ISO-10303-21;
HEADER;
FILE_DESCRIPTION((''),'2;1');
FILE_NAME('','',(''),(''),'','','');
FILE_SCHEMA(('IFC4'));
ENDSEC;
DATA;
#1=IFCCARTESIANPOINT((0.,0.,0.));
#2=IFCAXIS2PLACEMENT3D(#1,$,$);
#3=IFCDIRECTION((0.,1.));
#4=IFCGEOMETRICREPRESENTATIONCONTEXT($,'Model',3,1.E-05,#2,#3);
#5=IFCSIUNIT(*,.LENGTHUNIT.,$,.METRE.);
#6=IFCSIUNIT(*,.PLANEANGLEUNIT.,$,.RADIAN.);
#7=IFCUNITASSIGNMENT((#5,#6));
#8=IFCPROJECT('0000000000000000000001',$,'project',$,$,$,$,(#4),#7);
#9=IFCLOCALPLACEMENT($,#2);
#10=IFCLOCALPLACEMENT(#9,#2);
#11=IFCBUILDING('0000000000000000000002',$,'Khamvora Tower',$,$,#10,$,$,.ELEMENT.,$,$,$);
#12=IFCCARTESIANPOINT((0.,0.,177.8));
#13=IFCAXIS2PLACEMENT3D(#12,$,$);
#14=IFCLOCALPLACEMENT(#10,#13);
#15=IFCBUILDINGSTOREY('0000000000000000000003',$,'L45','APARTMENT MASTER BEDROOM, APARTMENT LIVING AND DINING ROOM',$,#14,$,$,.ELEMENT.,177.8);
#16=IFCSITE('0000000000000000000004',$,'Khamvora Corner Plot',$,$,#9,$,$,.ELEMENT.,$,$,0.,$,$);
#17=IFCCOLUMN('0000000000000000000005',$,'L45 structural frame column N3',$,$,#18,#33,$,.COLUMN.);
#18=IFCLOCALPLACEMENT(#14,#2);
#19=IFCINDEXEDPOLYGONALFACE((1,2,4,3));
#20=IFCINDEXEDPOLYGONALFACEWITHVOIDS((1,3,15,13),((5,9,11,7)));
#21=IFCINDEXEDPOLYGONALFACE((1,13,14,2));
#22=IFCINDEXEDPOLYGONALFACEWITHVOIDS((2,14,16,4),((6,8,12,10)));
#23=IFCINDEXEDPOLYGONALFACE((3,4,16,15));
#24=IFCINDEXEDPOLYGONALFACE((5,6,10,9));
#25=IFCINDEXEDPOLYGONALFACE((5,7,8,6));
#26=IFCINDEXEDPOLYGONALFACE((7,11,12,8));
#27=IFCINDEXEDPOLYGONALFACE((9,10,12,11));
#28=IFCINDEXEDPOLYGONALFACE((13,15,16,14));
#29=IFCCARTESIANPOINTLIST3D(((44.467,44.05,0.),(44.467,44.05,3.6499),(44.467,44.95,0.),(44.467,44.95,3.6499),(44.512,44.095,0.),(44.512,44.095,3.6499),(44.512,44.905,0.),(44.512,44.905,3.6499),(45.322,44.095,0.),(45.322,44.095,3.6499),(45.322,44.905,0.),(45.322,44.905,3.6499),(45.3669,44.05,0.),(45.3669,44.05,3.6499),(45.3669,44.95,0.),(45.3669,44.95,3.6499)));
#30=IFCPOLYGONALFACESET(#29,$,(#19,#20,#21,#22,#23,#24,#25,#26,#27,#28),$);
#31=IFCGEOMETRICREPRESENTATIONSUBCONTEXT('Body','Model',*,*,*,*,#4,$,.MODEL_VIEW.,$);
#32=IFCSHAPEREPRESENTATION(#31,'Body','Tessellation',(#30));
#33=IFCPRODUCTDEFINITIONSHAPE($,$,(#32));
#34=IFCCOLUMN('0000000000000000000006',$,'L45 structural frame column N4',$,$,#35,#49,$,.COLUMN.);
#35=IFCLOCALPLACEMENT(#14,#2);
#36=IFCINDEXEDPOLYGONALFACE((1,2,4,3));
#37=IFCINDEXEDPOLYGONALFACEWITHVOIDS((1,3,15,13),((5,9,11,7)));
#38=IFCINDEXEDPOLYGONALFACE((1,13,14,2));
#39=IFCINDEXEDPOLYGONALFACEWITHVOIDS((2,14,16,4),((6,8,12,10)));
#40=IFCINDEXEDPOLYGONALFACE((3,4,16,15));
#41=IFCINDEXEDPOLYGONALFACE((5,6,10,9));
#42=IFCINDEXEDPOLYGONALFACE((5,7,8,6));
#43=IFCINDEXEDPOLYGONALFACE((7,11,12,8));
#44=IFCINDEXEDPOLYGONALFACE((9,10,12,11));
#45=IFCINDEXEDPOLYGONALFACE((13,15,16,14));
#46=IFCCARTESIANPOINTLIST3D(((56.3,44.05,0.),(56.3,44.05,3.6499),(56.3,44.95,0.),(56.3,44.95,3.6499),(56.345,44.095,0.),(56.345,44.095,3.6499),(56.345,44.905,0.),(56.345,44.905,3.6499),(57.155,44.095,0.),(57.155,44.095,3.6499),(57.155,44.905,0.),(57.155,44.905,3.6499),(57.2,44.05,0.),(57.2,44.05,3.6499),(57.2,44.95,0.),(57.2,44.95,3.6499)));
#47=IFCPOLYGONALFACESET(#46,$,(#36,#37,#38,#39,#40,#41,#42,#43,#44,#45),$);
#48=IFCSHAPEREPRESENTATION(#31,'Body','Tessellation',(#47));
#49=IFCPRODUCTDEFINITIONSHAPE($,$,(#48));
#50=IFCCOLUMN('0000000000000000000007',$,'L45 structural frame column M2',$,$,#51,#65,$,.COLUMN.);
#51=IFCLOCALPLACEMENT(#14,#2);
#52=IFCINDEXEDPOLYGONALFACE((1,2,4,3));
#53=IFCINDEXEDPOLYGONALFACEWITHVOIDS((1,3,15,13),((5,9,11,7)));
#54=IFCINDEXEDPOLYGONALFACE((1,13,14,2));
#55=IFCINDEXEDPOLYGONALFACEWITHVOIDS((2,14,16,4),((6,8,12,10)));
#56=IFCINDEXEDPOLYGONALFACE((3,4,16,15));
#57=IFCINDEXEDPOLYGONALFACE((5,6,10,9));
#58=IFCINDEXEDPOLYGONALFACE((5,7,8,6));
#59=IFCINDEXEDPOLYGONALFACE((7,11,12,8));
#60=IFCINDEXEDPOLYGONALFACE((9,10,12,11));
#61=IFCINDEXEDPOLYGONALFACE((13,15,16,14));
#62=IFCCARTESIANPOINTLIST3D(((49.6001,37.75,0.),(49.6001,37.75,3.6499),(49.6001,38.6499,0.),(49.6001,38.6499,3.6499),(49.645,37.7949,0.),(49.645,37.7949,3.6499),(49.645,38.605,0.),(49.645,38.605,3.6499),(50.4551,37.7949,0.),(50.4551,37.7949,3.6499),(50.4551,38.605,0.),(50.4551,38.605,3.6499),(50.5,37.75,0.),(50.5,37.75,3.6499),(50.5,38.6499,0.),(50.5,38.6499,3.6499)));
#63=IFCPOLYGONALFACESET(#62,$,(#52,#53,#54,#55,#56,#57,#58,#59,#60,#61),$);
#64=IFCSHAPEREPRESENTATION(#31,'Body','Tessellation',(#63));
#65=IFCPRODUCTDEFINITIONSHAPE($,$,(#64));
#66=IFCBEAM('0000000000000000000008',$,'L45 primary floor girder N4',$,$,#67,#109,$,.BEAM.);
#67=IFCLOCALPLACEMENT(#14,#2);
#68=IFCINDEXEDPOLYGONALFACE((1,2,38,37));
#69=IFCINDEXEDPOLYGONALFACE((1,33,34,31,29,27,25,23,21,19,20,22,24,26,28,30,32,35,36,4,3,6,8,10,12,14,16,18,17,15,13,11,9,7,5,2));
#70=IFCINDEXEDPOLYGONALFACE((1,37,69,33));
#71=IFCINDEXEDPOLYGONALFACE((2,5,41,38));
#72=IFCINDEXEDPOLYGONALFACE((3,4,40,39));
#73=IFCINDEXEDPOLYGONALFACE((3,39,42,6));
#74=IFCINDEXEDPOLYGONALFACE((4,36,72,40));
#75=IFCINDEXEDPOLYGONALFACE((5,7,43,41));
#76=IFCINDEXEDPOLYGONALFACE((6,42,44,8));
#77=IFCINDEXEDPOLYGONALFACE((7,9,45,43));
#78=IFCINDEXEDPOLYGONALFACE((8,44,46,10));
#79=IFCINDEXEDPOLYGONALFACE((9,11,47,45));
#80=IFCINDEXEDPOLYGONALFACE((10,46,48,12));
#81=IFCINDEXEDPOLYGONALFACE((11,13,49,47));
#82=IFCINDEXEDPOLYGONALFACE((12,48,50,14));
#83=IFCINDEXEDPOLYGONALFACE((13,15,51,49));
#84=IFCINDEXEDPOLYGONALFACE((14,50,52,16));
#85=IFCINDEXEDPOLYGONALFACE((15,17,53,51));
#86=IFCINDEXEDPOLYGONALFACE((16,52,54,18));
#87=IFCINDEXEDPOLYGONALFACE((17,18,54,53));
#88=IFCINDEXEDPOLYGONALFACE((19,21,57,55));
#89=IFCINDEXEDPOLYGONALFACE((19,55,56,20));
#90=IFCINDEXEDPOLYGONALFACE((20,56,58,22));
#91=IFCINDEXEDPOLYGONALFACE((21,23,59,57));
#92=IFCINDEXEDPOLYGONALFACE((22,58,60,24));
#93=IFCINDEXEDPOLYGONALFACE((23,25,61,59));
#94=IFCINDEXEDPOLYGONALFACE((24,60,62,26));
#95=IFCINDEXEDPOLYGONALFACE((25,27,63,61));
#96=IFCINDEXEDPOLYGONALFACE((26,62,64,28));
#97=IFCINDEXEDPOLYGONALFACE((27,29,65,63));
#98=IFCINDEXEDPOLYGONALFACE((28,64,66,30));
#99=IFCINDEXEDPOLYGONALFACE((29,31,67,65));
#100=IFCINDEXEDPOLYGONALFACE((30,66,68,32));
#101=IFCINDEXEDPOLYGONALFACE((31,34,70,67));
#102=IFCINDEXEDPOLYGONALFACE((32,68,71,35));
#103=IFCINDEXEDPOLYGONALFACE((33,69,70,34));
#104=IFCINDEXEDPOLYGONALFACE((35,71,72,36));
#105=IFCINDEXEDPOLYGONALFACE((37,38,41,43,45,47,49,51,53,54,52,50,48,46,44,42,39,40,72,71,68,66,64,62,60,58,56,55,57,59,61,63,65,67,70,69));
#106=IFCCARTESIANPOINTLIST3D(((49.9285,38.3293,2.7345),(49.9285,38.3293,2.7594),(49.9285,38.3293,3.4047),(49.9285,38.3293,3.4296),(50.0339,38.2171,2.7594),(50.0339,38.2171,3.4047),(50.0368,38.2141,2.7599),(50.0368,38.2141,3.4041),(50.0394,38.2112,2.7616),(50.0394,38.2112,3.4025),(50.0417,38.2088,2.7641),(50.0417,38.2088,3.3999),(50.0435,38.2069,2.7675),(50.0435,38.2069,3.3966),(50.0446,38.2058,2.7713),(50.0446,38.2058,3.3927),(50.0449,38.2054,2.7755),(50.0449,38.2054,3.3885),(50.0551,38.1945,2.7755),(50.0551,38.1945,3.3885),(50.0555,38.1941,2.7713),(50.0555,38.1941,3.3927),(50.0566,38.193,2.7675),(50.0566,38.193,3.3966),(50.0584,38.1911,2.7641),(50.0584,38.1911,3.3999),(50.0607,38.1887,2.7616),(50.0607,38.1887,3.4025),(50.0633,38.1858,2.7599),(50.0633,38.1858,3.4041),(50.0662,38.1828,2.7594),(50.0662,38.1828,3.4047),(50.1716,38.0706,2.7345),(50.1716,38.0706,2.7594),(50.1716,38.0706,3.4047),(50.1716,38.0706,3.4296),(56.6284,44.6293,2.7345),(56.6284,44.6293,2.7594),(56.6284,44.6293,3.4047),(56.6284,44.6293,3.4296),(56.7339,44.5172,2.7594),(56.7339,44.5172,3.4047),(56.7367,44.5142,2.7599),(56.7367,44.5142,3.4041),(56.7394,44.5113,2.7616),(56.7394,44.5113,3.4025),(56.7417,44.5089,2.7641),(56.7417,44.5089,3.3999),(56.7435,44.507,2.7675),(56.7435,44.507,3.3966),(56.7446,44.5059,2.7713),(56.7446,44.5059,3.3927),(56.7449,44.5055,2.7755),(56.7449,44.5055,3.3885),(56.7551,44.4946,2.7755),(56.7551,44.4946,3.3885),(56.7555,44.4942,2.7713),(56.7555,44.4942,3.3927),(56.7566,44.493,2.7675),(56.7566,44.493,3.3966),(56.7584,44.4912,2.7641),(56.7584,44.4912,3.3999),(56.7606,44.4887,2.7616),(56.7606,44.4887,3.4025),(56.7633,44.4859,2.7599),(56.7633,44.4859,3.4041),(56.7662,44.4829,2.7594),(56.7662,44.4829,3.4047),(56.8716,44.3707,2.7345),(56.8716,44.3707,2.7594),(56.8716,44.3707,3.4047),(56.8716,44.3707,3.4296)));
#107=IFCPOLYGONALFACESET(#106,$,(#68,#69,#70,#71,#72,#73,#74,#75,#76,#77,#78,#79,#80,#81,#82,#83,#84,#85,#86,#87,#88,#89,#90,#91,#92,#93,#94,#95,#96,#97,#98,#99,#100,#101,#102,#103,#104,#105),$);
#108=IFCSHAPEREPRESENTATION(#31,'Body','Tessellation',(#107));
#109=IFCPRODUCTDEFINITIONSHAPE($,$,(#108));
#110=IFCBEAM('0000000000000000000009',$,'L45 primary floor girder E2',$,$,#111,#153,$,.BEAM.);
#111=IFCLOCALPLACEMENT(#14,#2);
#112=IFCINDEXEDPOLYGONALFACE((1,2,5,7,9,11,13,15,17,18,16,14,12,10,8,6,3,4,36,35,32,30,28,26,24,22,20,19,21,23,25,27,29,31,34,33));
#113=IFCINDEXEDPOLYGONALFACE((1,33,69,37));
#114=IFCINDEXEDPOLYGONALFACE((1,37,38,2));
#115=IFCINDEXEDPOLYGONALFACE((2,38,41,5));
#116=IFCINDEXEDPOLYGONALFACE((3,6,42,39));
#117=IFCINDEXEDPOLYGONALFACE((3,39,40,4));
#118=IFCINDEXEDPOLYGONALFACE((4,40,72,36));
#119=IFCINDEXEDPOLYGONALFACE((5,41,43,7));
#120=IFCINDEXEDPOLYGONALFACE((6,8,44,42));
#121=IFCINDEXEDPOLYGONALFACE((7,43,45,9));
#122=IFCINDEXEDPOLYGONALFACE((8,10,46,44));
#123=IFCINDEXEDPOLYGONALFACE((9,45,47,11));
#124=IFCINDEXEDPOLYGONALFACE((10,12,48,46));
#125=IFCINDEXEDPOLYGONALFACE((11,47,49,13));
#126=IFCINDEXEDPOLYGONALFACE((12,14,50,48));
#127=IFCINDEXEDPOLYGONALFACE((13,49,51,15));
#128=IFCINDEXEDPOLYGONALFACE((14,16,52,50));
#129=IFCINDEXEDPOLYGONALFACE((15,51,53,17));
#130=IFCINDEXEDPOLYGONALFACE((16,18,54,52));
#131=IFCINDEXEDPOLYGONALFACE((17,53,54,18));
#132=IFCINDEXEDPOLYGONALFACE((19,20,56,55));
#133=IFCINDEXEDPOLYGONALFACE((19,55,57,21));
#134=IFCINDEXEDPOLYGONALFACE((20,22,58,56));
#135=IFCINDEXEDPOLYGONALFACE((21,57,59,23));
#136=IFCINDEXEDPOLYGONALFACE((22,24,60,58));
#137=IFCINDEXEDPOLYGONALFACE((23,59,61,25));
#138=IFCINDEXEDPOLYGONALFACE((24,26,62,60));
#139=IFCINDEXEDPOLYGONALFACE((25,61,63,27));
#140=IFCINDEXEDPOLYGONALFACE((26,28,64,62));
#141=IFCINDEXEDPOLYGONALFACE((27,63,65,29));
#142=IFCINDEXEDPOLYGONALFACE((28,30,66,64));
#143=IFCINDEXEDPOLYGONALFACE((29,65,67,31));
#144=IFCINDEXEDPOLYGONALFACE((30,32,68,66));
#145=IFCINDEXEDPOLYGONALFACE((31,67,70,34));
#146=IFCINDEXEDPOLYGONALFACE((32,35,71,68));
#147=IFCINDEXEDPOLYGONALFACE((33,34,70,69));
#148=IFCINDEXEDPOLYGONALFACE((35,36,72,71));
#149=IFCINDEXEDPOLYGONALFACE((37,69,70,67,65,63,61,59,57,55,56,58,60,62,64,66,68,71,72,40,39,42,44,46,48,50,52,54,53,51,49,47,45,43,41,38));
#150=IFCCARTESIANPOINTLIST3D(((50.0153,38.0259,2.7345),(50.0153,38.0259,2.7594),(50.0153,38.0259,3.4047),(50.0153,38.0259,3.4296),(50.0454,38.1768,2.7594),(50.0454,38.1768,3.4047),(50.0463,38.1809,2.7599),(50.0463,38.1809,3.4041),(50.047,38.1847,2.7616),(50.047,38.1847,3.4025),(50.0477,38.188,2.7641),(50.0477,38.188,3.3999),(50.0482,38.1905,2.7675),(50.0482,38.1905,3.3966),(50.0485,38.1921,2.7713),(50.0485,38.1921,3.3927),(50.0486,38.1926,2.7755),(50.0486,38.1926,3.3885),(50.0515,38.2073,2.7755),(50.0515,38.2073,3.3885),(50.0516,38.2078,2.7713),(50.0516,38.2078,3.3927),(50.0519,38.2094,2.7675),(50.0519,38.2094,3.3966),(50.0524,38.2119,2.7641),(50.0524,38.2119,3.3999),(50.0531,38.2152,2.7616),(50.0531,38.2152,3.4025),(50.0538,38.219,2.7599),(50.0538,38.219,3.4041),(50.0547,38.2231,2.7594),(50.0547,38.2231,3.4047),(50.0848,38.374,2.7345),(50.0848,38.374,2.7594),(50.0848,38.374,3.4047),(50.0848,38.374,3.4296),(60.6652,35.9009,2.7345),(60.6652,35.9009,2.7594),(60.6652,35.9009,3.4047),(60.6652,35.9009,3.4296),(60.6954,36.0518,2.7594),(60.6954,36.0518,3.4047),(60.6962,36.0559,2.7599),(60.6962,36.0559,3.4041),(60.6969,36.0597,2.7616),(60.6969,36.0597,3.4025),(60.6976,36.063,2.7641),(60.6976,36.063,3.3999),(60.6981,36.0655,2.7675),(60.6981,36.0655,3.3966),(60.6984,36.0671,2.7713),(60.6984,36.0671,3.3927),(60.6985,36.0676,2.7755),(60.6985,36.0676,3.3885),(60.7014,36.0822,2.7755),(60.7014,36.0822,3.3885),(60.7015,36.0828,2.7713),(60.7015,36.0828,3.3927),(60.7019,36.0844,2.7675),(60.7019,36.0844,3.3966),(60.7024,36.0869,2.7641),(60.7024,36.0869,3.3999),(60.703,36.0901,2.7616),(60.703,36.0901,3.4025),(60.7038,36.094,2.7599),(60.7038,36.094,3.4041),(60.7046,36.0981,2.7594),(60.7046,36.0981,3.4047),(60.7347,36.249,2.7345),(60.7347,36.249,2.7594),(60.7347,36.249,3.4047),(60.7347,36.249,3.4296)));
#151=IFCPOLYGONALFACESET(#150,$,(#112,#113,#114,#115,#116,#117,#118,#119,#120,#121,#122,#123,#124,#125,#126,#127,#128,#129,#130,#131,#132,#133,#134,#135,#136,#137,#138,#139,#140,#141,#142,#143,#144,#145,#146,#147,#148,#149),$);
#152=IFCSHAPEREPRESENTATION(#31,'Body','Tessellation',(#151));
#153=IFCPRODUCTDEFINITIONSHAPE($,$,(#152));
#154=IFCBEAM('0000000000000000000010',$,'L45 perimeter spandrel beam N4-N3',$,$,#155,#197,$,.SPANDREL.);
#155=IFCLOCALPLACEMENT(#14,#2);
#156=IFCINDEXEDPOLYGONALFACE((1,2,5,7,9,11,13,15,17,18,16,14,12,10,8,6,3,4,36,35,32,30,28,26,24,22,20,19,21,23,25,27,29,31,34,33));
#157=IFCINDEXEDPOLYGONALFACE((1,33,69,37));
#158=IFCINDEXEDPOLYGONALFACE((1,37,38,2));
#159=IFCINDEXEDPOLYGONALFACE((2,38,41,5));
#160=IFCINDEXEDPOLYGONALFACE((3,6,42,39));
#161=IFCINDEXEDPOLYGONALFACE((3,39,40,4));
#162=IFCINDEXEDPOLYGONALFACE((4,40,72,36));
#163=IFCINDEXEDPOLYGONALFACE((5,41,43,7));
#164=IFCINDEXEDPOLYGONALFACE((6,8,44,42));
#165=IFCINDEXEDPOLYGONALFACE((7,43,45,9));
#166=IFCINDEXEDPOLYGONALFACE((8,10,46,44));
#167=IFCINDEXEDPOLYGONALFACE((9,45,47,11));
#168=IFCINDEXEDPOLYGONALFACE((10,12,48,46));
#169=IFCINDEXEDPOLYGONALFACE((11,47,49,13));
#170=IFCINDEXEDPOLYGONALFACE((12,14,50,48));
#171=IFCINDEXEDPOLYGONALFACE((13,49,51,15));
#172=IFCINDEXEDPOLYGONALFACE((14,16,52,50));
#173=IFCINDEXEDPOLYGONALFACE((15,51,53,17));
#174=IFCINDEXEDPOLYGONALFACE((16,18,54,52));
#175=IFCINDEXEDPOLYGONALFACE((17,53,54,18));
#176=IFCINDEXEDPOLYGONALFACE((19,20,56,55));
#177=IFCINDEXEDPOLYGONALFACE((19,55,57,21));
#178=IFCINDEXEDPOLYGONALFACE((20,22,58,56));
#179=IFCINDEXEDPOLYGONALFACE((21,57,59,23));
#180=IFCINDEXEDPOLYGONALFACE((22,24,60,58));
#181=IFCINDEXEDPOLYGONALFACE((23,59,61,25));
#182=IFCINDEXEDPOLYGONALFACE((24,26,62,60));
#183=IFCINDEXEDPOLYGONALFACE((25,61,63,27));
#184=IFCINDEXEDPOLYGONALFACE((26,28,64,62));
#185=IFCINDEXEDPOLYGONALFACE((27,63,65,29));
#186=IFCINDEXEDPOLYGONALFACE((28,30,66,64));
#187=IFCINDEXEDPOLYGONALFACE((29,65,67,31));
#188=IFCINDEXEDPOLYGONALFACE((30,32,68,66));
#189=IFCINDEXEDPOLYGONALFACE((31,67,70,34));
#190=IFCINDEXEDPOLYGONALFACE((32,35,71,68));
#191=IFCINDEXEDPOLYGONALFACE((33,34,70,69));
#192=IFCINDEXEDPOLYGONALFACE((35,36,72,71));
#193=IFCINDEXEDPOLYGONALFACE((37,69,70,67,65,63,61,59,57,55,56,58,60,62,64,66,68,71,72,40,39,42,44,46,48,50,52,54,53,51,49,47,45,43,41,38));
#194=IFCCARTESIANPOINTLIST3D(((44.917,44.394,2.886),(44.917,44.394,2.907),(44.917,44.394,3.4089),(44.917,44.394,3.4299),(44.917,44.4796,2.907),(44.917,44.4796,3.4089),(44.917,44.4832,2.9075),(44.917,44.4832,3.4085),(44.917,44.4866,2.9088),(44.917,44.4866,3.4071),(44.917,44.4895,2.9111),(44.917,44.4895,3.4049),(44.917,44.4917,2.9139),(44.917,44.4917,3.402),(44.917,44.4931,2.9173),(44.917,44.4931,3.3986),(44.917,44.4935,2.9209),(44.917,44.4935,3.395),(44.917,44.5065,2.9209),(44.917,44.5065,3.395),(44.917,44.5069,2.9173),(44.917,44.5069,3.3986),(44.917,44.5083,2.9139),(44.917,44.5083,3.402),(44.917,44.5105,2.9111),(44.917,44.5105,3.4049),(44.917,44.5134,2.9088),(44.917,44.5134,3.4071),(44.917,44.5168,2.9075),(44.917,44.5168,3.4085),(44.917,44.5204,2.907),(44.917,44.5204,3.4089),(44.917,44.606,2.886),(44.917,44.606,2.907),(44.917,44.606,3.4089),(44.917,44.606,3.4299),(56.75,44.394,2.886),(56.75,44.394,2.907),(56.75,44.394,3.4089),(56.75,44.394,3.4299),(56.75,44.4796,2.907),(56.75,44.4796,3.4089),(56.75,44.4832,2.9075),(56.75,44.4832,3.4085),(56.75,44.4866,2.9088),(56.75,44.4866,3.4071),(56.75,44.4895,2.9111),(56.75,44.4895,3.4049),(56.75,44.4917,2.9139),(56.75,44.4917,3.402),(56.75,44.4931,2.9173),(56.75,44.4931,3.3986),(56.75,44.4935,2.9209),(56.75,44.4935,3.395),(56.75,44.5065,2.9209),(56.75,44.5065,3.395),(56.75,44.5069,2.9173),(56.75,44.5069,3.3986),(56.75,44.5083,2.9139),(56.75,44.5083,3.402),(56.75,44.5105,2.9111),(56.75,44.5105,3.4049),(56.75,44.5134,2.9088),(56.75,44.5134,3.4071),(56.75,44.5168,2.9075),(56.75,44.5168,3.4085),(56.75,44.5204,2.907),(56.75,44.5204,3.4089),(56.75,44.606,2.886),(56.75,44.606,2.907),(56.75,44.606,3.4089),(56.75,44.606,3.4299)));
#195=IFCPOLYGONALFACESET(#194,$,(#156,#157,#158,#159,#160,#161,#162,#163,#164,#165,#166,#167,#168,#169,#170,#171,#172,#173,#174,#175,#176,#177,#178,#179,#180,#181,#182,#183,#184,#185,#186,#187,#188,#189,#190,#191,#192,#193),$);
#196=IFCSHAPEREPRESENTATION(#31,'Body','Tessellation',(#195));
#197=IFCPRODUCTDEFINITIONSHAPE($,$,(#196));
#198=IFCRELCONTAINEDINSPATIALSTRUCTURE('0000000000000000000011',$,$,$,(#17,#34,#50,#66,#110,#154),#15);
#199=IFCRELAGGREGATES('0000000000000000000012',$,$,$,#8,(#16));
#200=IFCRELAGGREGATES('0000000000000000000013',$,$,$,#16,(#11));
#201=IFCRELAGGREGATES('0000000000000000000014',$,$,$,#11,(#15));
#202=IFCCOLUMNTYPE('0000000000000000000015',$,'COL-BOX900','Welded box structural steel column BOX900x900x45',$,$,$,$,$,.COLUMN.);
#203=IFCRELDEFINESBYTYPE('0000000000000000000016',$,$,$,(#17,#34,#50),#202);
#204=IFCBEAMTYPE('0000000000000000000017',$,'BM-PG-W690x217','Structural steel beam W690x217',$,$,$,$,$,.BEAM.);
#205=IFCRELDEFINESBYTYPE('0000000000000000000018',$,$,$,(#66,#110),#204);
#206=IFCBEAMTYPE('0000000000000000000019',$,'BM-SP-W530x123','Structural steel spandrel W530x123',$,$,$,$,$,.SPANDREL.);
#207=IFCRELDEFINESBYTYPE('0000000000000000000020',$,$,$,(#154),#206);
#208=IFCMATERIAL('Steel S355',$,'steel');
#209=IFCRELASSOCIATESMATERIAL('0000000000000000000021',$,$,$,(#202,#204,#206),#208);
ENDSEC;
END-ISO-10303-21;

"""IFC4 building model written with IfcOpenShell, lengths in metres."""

from ifc_helpers import new_model, si_unit, direction, frame, origin, origin_2d, place, context, subcontext, project, spatial, hollow_rectangle, i_section, extrude, material, material_profile, profile_set, type_object, element, save


model = new_model("IFC4")

# Units and contexts
model_context = context("Model", 3, precision=1e-05, world=origin(), true_north=direction((0.0, 1.0)))
body_context = subcontext(model_context, "Body", "Model", "MODEL_VIEW")
ifc_project = project(units=[si_unit("LENGTHUNIT", "METRE"), si_unit("PLANEANGLEUNIT", "RADIAN")], contexts=[model_context])

# Site, building, storey
site_placement = place(None, origin())
site = spatial("IfcSite", under=ifc_project, at=site_placement, Name="Khamvora Corner Plot", CompositionType="ELEMENT", RefElevation=0.0)
building_placement = place(site_placement, origin())
building = spatial("IfcBuilding", under=site, at=building_placement, Name="Khamvora Tower", CompositionType="ELEMENT")
storey_placement = place(building_placement, frame((0.0, 0.0, 177.8)))
storey = spatial("IfcBuildingStorey", under=building, at=storey_placement, Name="L45", Description="APARTMENT MASTER BEDROOM, APARTMENT LIVING AND DINING ROOM", CompositionType="ELEMENT", Elevation=177.8)

# Columns
ifc_material_1 = material(Name="Steel S355", Category="steel")
ifc_material_profile_1 = material_profile(ifc_material_1, hollow_rectangle(XDim=0.8999, YDim=0.8999, WallThickness=0.0449, at=origin_2d()), Name="BOX900x900x45")
ifc_profile_set_1 = profile_set([ifc_material_profile_1], Name="Steel S355")
column_type = type_object("IfcColumnType", Name="COL-BOX900", Description="Welded box structural steel column BOX900x900x45", PredefinedType="COLUMN", material=ifc_profile_set_1)
for number, where, z_axis, x_axis, name in (
    (1, (44.917, 44.5, 0.0), (0.0, 0.0, 1.0), (1.0, 0.0, 0.0), "L45 structural frame column N3"),
    (2, (56.75, 44.5, 0.0), (0.0, 0.0, 1.0), (1.0, 0.0, 0.0), "L45 structural frame column N4"),
    (3, (50.05, 38.2, 0.0), (0.0, 0.0, 1.0), (1.0, 0.0, 0.0), "L45 structural frame column M2"),
):
    element("IfcColumn", number, at=place(storey_placement, frame(where, z_axis=z_axis, x_axis=x_axis)), inside=storey, type_object=column_type, Name=name, PredefinedType="COLUMN", context=body_context, shape_type="SweptSolid", body=[
        extrude(hollow_rectangle(XDim=0.8999, YDim=0.8999, WallThickness=0.0449, at=origin_2d()), origin(), (0.0, 0.0, 1.0), 3.6499),
    ])

# Beams
ifc_material_profile_2 = material_profile(ifc_material_1, i_section(OverallWidth=0.355, OverallDepth=0.6951, WebThickness=0.0149, FlangeThickness=0.0249, FilletRadius=0.0161, at=origin_2d()), Name="W690x217")
ifc_profile_set_2 = profile_set([ifc_material_profile_2], Name="Steel S355")
beam_type_1 = type_object("IfcBeamType", Name="BM-PG-W690x217", Description="Structural steel beam W690x217", PredefinedType="BEAM", material=ifc_profile_set_2)
beam_1_placement = place(storey_placement, frame((50.05, 38.2, 3.082), z_axis=(0.728514, 0.685031, 0.0), x_axis=(-0.685031, 0.728514, 0.0)))
element("IfcBeam", 4, at=beam_1_placement, inside=storey, type_object=beam_type_1, Name="L45 primary floor girder N4", PredefinedType="BEAM", context=body_context, shape_type="SweptSolid", body=[
    extrude(i_section(OverallWidth=0.355, OverallDepth=0.6951, WebThickness=0.0149, FlangeThickness=0.0249, FilletRadius=0.0161, at=origin_2d()), origin(), (0.0, 0.0, 1.0), 9.1968),
])
beam_2_placement = place(storey_placement, frame((50.05, 38.2, 3.082), z_axis=(0.980669, -0.195675, 0.0), x_axis=(0.195675, 0.980669, 0.0)))
element("IfcBeam", 5, at=beam_2_placement, inside=storey, type_object=beam_type_1, Name="L45 primary floor girder E2", PredefinedType="BEAM", context=body_context, shape_type="SweptSolid", body=[
    extrude(i_section(OverallWidth=0.355, OverallDepth=0.6951, WebThickness=0.0149, FlangeThickness=0.0249, FilletRadius=0.0161, at=origin_2d()), origin(), (0.0, 0.0, 1.0), 10.8599),
])
ifc_material_profile_3 = material_profile(ifc_material_1, i_section(OverallWidth=0.2119, OverallDepth=0.5439, WebThickness=0.0129, FlangeThickness=0.021, FilletRadius=0.0139, at=origin_2d()), Name="W530x123")
ifc_profile_set_3 = profile_set([ifc_material_profile_3], Name="Steel S355")
beam_type_2 = type_object("IfcBeamType", Name="BM-SP-W530x123", Description="Structural steel spandrel W530x123", PredefinedType="SPANDREL", material=ifc_profile_set_3)
beam_3_placement = place(storey_placement, frame((56.75, 44.5, 3.158), z_axis=(-1.0, 0.0, 0.0), x_axis=(0.0, -1.0, 0.0)))
element("IfcBeam", 6, at=beam_3_placement, inside=storey, type_object=beam_type_2, Name="L45 perimeter spandrel beam N4-N3", PredefinedType="SPANDREL", context=body_context, shape_type="SweptSolid", body=[
    extrude(i_section(OverallWidth=0.2119, OverallDepth=0.5439, WebThickness=0.0129, FlangeThickness=0.021, FilletRadius=0.0139, at=origin_2d()), origin(), (0.0, 0.0, 1.0), 11.833),
])

save(model, "model.ifc")
